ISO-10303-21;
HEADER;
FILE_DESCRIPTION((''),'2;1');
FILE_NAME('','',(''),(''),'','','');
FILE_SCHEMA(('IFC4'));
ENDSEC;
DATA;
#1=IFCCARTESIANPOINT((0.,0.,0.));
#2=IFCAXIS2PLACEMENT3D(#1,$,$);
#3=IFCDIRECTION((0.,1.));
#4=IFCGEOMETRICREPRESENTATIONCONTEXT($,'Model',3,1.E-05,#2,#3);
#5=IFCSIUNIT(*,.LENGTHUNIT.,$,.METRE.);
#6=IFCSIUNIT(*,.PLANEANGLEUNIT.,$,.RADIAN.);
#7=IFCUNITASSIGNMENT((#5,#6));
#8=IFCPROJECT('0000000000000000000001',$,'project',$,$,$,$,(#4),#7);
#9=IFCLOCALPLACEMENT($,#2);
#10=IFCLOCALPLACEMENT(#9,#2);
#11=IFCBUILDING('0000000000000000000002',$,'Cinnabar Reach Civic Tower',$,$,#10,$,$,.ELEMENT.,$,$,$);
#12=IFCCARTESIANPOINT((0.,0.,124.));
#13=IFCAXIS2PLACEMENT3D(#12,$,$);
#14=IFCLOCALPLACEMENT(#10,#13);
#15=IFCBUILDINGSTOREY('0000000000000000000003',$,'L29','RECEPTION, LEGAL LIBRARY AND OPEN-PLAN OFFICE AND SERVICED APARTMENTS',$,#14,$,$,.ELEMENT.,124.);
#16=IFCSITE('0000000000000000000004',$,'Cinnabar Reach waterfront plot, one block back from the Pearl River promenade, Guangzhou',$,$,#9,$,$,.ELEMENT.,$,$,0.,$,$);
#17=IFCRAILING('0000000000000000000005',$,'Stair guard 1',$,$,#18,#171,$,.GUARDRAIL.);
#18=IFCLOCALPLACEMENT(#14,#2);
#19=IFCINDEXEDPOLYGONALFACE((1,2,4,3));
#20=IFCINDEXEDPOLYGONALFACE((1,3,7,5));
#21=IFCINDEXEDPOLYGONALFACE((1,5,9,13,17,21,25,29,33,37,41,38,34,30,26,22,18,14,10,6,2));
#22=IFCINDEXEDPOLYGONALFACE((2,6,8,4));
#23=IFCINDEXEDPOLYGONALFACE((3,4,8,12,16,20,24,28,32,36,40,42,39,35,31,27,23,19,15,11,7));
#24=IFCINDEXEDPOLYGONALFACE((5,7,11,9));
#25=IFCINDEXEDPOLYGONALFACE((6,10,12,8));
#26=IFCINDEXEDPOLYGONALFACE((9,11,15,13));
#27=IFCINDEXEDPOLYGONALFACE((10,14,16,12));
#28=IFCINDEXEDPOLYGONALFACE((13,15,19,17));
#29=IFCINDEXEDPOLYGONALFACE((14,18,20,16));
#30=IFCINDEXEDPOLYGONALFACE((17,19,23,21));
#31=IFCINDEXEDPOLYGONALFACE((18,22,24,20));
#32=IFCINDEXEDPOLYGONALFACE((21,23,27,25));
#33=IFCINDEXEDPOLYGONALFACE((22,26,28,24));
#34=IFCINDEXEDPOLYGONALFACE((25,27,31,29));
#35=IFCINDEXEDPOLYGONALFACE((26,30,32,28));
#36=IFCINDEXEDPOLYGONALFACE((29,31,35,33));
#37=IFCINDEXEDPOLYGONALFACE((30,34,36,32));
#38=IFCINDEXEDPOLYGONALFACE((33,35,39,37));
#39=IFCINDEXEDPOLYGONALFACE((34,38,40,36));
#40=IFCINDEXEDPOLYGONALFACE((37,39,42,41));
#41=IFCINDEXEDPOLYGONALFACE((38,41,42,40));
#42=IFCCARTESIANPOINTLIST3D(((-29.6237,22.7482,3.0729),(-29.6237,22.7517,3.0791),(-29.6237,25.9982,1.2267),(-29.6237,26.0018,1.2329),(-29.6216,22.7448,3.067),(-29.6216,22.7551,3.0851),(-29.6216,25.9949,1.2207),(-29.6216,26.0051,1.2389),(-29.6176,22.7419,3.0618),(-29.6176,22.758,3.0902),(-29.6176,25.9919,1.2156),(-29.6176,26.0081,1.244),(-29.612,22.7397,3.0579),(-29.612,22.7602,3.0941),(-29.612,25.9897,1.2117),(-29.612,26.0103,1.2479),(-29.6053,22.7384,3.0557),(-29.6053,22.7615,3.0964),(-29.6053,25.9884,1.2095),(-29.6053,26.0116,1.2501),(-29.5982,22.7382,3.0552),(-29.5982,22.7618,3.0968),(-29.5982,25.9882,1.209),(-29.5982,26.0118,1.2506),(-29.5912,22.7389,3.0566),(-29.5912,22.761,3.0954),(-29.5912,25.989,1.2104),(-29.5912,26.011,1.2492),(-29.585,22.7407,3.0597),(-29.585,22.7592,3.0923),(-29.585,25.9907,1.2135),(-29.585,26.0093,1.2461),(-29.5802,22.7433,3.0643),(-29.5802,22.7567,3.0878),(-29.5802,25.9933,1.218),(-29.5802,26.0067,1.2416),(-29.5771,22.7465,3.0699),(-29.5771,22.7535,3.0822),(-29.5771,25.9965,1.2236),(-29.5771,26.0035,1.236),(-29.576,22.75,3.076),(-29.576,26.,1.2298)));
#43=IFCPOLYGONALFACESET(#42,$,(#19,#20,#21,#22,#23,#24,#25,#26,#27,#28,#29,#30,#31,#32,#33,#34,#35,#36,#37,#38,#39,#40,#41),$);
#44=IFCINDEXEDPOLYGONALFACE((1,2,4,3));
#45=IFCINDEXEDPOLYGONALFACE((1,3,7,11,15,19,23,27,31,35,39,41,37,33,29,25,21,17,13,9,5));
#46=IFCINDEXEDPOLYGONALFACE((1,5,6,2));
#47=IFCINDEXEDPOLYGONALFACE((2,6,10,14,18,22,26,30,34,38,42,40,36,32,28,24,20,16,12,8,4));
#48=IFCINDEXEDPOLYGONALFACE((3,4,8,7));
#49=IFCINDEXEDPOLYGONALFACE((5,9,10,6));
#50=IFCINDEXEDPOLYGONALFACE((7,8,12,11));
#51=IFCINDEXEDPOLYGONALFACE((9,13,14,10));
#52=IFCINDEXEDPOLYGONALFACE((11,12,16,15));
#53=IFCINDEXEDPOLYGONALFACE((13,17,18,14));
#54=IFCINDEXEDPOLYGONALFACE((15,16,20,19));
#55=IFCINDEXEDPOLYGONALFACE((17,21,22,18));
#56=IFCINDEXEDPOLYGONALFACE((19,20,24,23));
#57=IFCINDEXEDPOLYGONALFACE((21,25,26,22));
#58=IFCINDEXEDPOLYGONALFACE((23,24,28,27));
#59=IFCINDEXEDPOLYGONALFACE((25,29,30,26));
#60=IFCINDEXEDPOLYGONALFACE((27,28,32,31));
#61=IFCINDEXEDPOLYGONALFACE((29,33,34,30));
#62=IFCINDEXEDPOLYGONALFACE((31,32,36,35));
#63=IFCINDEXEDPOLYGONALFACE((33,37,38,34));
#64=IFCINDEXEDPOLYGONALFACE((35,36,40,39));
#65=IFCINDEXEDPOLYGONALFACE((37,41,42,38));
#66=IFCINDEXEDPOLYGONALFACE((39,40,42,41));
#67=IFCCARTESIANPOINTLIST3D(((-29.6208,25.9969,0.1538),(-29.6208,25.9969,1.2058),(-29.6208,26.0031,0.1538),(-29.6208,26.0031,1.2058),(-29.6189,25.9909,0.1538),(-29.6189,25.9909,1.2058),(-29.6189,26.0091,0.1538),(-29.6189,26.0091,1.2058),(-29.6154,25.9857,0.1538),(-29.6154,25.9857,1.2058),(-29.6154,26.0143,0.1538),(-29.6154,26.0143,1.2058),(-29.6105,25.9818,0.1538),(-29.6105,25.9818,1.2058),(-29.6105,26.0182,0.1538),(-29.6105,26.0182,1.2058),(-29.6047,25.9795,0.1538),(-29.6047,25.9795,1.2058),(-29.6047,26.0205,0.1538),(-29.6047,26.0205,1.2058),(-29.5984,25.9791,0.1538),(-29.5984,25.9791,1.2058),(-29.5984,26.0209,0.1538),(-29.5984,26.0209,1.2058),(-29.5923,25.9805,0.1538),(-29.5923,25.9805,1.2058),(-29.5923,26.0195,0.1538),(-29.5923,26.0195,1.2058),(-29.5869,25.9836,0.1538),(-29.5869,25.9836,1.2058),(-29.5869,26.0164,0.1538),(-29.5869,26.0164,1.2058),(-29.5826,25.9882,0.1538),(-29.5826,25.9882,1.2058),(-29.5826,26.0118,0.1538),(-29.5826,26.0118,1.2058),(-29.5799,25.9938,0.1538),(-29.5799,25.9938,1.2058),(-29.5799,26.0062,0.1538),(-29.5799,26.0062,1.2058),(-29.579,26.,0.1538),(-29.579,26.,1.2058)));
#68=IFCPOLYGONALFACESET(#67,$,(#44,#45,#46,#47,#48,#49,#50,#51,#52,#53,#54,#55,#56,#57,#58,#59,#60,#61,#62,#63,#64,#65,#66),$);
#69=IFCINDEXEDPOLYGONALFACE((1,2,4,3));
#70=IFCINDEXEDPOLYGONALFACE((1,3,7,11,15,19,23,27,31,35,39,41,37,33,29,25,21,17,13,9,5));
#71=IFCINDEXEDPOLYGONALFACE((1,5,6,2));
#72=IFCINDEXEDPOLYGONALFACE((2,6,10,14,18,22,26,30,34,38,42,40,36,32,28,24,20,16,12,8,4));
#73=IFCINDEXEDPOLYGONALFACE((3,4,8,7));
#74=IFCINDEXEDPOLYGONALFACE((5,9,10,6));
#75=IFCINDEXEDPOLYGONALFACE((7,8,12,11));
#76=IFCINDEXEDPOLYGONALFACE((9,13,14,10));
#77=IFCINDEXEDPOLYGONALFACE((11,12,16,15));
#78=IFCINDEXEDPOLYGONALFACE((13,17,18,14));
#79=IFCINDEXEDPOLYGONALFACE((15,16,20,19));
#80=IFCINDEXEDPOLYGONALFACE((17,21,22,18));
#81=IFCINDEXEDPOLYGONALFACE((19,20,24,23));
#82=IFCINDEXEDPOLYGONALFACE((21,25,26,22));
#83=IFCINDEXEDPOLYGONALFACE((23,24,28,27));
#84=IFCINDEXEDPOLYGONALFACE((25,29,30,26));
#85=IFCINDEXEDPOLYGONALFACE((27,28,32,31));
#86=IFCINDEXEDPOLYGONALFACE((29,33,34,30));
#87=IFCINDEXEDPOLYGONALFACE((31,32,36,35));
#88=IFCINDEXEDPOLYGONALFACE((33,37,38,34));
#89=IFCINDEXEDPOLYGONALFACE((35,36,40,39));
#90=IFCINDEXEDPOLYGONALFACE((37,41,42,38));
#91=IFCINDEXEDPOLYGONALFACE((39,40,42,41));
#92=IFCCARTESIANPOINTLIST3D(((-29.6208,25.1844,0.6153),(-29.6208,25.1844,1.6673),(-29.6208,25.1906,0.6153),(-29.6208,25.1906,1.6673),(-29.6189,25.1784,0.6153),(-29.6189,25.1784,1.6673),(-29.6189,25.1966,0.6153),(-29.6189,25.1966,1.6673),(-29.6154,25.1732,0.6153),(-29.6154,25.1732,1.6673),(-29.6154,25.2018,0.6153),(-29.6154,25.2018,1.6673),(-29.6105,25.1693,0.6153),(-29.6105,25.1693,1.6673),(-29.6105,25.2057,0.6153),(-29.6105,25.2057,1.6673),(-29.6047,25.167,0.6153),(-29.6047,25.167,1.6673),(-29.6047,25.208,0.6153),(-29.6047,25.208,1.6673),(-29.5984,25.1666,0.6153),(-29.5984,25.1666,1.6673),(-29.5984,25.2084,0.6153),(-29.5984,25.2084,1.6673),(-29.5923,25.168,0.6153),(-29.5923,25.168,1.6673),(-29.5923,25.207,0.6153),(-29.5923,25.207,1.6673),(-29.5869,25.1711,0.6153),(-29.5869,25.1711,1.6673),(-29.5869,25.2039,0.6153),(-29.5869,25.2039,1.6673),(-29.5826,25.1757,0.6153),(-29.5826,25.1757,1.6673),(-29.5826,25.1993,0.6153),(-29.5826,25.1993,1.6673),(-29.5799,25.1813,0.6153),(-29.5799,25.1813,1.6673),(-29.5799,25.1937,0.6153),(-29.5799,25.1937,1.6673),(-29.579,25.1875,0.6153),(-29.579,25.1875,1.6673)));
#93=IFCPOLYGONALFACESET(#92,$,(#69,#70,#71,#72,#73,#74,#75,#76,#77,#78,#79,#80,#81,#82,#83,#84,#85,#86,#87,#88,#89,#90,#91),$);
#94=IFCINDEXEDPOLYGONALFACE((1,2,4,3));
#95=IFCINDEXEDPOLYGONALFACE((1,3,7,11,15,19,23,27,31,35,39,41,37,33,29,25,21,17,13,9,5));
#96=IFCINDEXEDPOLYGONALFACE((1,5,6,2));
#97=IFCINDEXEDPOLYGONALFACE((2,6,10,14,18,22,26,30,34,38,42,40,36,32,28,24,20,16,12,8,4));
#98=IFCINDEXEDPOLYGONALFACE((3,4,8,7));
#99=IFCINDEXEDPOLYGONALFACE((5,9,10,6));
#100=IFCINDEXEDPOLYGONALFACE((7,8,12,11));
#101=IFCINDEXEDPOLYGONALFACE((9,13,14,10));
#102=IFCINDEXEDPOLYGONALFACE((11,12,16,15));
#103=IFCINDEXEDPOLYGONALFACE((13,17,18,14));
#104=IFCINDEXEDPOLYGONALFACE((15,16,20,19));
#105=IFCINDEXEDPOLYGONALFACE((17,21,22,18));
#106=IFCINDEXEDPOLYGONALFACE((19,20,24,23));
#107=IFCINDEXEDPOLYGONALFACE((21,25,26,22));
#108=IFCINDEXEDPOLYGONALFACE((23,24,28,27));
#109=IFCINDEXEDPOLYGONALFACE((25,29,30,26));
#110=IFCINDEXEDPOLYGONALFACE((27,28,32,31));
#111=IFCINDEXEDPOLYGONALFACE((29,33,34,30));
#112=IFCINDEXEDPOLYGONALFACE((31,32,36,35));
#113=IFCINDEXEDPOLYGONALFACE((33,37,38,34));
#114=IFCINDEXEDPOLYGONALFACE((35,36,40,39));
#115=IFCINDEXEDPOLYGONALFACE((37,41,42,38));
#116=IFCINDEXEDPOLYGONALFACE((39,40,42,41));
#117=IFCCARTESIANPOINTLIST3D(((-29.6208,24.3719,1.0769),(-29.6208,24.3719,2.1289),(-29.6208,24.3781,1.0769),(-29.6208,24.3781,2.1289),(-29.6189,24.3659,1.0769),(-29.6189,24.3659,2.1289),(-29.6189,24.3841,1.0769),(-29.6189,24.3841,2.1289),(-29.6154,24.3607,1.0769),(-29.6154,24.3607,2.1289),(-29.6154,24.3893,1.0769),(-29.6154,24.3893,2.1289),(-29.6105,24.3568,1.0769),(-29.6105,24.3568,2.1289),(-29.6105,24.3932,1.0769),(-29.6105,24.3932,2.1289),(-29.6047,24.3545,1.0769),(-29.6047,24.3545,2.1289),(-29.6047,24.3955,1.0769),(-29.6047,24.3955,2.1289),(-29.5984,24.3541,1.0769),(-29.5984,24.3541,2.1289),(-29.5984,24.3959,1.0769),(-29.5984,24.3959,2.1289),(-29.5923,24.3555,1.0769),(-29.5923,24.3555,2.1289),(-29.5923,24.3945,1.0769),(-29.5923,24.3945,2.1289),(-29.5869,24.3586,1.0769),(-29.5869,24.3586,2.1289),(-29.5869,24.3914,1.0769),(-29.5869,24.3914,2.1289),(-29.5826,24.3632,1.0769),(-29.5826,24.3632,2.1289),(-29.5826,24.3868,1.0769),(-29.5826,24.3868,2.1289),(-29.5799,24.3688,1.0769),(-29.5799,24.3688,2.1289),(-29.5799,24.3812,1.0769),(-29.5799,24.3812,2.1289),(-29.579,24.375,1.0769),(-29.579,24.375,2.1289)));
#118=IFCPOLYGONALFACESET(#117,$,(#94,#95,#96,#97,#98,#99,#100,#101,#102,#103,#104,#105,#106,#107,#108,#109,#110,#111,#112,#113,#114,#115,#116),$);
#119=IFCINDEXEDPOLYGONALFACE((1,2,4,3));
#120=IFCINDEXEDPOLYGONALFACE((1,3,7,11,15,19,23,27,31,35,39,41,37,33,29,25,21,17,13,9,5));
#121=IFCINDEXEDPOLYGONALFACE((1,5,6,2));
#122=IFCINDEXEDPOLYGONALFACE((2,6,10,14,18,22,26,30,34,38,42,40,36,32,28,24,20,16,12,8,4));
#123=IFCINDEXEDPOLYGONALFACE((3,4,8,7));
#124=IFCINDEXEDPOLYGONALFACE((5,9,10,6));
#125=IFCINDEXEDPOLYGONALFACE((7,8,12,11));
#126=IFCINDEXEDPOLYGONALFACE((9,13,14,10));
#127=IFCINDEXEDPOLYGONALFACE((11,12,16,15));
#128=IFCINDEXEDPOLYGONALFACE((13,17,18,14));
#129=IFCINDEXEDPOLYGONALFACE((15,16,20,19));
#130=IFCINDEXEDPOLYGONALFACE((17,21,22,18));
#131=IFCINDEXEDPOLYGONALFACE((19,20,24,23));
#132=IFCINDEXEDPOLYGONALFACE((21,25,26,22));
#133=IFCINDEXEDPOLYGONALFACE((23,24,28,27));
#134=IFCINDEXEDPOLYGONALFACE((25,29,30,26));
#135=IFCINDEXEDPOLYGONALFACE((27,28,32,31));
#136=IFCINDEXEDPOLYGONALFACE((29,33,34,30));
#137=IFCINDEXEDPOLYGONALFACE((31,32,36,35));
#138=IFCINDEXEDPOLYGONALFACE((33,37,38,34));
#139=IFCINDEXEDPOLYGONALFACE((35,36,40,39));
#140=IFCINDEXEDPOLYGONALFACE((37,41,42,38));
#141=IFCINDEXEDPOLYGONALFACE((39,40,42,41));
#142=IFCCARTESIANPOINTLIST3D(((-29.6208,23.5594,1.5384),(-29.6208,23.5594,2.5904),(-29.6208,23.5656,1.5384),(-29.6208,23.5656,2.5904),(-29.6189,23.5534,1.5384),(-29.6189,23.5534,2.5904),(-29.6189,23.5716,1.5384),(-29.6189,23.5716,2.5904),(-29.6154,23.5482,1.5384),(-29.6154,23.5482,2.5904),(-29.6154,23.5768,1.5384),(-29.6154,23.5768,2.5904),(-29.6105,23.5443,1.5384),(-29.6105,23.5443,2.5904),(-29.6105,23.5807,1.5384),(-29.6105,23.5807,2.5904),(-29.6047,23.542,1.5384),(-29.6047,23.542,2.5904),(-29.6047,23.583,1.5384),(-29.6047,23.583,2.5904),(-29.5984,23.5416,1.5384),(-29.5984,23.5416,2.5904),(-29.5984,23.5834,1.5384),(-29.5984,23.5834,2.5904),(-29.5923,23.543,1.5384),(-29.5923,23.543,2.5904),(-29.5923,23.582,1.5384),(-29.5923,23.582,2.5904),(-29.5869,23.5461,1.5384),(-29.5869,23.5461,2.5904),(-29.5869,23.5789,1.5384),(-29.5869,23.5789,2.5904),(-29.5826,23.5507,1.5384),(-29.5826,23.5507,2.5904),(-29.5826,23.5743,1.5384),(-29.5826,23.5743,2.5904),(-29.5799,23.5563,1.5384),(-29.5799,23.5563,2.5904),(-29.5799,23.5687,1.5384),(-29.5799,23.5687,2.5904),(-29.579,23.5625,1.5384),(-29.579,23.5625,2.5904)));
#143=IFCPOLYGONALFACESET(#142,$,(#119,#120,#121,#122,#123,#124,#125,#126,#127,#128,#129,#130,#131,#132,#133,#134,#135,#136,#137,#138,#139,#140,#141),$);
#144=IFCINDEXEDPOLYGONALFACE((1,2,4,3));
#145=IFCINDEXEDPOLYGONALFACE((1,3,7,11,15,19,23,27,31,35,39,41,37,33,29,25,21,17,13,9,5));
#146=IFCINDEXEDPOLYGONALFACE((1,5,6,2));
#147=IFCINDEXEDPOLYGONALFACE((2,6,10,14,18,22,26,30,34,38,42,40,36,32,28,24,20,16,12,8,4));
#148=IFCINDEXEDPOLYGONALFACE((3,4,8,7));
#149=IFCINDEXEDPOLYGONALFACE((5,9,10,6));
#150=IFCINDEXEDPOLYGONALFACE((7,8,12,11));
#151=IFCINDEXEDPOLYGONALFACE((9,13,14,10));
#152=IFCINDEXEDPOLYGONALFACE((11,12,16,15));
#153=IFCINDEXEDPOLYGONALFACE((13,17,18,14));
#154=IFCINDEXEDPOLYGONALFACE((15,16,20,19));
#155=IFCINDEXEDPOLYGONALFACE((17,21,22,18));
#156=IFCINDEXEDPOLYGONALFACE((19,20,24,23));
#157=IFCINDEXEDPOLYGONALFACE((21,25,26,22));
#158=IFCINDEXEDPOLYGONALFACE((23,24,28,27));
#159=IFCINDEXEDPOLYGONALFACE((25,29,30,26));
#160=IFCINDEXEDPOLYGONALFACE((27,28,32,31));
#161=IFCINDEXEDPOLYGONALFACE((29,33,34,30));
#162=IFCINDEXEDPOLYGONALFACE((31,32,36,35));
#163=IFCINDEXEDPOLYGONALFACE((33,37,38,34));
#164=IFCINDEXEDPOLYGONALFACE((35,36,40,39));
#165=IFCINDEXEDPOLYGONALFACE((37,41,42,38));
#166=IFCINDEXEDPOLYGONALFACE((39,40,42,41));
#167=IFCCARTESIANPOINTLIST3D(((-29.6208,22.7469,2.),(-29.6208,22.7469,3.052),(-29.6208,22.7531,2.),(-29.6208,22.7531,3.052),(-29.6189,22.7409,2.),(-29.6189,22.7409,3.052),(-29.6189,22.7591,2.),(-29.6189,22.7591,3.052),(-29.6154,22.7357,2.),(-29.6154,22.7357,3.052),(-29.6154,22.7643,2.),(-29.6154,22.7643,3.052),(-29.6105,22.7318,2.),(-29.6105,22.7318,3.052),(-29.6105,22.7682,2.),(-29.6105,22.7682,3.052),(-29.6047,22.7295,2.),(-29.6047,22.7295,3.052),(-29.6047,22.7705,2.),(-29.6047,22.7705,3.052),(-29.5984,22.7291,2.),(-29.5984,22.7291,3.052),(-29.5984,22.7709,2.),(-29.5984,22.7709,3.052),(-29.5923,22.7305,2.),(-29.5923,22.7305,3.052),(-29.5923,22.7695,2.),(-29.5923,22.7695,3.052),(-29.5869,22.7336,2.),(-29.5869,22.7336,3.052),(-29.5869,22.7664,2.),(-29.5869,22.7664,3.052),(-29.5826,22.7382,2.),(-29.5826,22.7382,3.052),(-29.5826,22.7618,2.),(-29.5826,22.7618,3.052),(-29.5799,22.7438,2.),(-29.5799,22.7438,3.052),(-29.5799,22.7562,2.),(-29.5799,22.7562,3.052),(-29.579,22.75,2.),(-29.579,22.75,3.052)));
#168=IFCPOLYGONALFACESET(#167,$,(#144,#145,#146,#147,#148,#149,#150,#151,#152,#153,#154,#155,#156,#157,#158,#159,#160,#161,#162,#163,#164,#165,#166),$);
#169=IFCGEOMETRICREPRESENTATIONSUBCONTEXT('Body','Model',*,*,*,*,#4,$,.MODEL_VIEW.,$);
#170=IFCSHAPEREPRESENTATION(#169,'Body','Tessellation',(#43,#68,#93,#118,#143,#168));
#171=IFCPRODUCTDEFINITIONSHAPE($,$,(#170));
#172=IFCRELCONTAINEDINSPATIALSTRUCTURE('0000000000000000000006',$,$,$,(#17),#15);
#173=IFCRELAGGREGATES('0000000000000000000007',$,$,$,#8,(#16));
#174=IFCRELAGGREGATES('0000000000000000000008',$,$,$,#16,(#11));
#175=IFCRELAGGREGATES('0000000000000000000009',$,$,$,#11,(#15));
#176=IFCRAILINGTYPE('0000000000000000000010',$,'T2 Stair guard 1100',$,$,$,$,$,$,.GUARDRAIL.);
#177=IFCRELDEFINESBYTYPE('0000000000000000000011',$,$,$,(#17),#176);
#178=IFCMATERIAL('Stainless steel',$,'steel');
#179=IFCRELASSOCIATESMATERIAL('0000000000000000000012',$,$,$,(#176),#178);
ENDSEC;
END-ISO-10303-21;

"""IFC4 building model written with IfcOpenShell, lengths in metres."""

from ifc_helpers import new_model, si_unit, direction, frame, origin, origin_2d, place, context, subcontext, project, spatial, circle, extrude, material, type_object, element, save


model = new_model("IFC4")

# Units and contexts
model_context = context("Model", 3, precision=1e-05, world=origin(), true_north=direction((0.0, 1.0)))
body_context = subcontext(model_context, "Body", "Model", "MODEL_VIEW")
ifc_project = project(units=[si_unit("LENGTHUNIT", "METRE"), si_unit("PLANEANGLEUNIT", "RADIAN")], contexts=[model_context])

# Site, building, storey
site_placement = place(None, origin())
site = spatial("IfcSite", under=ifc_project, at=site_placement, Name="Cinnabar Reach waterfront plot, one block back from the Pearl River promenade, Guangzhou", CompositionType="ELEMENT", RefElevation=0.0)
building_placement = place(site_placement, origin())
building = spatial("IfcBuilding", under=site, at=building_placement, Name="Cinnabar Reach Civic Tower", CompositionType="ELEMENT")
storey_placement = place(building_placement, frame((0.0, 0.0, 124.0)))
storey = spatial("IfcBuildingStorey", under=building, at=storey_placement, Name="L29", Description="RECEPTION, LEGAL LIBRARY AND OPEN-PLAN OFFICE AND SERVICED APARTMENTS", CompositionType="ELEMENT", Elevation=124.0)

# Railing
ifc_material_1 = material(Name="Stainless steel", Category="steel")
railing_type = type_object("IfcRailingType", Name="T2 Stair guard 1100", PredefinedType="GUARDRAIL", material=ifc_material_1)
railing_1_placement = place(storey_placement, frame((-29.6, 26.0, 0.1538)))
element("IfcRailing", 1, at=railing_1_placement, inside=storey, type_object=railing_type, Name="Stair guard 1", PredefinedType="GUARDRAIL", context=body_context, shape_type="SweptSolid", body=[
    extrude(circle(Radius=0.024, at=origin_2d()), frame((0.0, 0.0, 1.076), z_axis=(0.0, -0.869501, 0.49393), x_axis=(1.0, 0.0, 0.0)), (0.0, 0.0, 1.0), 3.7378),
    extrude(circle(Radius=0.021, at=origin_2d()), origin(), (0.0, 0.0, 1.0), 1.052),
    extrude(circle(Radius=0.021, at=origin_2d()), frame((0.0, -0.8125, 0.4615)), (0.0, 0.0, 1.0), 1.052),
    extrude(circle(Radius=0.021, at=origin_2d()), frame((0.0, -1.625, 0.9231)), (0.0, 0.0, 1.0), 1.052),
    extrude(circle(Radius=0.021, at=origin_2d()), frame((0.0, -2.4375, 1.3846)), (0.0, 0.0, 1.0), 1.052),
    extrude(circle(Radius=0.021, at=origin_2d()), frame((0.0, -3.25, 1.8462)), (0.0, 0.0, 1.0), 1.052),
])

save(model, "model.ifc")
